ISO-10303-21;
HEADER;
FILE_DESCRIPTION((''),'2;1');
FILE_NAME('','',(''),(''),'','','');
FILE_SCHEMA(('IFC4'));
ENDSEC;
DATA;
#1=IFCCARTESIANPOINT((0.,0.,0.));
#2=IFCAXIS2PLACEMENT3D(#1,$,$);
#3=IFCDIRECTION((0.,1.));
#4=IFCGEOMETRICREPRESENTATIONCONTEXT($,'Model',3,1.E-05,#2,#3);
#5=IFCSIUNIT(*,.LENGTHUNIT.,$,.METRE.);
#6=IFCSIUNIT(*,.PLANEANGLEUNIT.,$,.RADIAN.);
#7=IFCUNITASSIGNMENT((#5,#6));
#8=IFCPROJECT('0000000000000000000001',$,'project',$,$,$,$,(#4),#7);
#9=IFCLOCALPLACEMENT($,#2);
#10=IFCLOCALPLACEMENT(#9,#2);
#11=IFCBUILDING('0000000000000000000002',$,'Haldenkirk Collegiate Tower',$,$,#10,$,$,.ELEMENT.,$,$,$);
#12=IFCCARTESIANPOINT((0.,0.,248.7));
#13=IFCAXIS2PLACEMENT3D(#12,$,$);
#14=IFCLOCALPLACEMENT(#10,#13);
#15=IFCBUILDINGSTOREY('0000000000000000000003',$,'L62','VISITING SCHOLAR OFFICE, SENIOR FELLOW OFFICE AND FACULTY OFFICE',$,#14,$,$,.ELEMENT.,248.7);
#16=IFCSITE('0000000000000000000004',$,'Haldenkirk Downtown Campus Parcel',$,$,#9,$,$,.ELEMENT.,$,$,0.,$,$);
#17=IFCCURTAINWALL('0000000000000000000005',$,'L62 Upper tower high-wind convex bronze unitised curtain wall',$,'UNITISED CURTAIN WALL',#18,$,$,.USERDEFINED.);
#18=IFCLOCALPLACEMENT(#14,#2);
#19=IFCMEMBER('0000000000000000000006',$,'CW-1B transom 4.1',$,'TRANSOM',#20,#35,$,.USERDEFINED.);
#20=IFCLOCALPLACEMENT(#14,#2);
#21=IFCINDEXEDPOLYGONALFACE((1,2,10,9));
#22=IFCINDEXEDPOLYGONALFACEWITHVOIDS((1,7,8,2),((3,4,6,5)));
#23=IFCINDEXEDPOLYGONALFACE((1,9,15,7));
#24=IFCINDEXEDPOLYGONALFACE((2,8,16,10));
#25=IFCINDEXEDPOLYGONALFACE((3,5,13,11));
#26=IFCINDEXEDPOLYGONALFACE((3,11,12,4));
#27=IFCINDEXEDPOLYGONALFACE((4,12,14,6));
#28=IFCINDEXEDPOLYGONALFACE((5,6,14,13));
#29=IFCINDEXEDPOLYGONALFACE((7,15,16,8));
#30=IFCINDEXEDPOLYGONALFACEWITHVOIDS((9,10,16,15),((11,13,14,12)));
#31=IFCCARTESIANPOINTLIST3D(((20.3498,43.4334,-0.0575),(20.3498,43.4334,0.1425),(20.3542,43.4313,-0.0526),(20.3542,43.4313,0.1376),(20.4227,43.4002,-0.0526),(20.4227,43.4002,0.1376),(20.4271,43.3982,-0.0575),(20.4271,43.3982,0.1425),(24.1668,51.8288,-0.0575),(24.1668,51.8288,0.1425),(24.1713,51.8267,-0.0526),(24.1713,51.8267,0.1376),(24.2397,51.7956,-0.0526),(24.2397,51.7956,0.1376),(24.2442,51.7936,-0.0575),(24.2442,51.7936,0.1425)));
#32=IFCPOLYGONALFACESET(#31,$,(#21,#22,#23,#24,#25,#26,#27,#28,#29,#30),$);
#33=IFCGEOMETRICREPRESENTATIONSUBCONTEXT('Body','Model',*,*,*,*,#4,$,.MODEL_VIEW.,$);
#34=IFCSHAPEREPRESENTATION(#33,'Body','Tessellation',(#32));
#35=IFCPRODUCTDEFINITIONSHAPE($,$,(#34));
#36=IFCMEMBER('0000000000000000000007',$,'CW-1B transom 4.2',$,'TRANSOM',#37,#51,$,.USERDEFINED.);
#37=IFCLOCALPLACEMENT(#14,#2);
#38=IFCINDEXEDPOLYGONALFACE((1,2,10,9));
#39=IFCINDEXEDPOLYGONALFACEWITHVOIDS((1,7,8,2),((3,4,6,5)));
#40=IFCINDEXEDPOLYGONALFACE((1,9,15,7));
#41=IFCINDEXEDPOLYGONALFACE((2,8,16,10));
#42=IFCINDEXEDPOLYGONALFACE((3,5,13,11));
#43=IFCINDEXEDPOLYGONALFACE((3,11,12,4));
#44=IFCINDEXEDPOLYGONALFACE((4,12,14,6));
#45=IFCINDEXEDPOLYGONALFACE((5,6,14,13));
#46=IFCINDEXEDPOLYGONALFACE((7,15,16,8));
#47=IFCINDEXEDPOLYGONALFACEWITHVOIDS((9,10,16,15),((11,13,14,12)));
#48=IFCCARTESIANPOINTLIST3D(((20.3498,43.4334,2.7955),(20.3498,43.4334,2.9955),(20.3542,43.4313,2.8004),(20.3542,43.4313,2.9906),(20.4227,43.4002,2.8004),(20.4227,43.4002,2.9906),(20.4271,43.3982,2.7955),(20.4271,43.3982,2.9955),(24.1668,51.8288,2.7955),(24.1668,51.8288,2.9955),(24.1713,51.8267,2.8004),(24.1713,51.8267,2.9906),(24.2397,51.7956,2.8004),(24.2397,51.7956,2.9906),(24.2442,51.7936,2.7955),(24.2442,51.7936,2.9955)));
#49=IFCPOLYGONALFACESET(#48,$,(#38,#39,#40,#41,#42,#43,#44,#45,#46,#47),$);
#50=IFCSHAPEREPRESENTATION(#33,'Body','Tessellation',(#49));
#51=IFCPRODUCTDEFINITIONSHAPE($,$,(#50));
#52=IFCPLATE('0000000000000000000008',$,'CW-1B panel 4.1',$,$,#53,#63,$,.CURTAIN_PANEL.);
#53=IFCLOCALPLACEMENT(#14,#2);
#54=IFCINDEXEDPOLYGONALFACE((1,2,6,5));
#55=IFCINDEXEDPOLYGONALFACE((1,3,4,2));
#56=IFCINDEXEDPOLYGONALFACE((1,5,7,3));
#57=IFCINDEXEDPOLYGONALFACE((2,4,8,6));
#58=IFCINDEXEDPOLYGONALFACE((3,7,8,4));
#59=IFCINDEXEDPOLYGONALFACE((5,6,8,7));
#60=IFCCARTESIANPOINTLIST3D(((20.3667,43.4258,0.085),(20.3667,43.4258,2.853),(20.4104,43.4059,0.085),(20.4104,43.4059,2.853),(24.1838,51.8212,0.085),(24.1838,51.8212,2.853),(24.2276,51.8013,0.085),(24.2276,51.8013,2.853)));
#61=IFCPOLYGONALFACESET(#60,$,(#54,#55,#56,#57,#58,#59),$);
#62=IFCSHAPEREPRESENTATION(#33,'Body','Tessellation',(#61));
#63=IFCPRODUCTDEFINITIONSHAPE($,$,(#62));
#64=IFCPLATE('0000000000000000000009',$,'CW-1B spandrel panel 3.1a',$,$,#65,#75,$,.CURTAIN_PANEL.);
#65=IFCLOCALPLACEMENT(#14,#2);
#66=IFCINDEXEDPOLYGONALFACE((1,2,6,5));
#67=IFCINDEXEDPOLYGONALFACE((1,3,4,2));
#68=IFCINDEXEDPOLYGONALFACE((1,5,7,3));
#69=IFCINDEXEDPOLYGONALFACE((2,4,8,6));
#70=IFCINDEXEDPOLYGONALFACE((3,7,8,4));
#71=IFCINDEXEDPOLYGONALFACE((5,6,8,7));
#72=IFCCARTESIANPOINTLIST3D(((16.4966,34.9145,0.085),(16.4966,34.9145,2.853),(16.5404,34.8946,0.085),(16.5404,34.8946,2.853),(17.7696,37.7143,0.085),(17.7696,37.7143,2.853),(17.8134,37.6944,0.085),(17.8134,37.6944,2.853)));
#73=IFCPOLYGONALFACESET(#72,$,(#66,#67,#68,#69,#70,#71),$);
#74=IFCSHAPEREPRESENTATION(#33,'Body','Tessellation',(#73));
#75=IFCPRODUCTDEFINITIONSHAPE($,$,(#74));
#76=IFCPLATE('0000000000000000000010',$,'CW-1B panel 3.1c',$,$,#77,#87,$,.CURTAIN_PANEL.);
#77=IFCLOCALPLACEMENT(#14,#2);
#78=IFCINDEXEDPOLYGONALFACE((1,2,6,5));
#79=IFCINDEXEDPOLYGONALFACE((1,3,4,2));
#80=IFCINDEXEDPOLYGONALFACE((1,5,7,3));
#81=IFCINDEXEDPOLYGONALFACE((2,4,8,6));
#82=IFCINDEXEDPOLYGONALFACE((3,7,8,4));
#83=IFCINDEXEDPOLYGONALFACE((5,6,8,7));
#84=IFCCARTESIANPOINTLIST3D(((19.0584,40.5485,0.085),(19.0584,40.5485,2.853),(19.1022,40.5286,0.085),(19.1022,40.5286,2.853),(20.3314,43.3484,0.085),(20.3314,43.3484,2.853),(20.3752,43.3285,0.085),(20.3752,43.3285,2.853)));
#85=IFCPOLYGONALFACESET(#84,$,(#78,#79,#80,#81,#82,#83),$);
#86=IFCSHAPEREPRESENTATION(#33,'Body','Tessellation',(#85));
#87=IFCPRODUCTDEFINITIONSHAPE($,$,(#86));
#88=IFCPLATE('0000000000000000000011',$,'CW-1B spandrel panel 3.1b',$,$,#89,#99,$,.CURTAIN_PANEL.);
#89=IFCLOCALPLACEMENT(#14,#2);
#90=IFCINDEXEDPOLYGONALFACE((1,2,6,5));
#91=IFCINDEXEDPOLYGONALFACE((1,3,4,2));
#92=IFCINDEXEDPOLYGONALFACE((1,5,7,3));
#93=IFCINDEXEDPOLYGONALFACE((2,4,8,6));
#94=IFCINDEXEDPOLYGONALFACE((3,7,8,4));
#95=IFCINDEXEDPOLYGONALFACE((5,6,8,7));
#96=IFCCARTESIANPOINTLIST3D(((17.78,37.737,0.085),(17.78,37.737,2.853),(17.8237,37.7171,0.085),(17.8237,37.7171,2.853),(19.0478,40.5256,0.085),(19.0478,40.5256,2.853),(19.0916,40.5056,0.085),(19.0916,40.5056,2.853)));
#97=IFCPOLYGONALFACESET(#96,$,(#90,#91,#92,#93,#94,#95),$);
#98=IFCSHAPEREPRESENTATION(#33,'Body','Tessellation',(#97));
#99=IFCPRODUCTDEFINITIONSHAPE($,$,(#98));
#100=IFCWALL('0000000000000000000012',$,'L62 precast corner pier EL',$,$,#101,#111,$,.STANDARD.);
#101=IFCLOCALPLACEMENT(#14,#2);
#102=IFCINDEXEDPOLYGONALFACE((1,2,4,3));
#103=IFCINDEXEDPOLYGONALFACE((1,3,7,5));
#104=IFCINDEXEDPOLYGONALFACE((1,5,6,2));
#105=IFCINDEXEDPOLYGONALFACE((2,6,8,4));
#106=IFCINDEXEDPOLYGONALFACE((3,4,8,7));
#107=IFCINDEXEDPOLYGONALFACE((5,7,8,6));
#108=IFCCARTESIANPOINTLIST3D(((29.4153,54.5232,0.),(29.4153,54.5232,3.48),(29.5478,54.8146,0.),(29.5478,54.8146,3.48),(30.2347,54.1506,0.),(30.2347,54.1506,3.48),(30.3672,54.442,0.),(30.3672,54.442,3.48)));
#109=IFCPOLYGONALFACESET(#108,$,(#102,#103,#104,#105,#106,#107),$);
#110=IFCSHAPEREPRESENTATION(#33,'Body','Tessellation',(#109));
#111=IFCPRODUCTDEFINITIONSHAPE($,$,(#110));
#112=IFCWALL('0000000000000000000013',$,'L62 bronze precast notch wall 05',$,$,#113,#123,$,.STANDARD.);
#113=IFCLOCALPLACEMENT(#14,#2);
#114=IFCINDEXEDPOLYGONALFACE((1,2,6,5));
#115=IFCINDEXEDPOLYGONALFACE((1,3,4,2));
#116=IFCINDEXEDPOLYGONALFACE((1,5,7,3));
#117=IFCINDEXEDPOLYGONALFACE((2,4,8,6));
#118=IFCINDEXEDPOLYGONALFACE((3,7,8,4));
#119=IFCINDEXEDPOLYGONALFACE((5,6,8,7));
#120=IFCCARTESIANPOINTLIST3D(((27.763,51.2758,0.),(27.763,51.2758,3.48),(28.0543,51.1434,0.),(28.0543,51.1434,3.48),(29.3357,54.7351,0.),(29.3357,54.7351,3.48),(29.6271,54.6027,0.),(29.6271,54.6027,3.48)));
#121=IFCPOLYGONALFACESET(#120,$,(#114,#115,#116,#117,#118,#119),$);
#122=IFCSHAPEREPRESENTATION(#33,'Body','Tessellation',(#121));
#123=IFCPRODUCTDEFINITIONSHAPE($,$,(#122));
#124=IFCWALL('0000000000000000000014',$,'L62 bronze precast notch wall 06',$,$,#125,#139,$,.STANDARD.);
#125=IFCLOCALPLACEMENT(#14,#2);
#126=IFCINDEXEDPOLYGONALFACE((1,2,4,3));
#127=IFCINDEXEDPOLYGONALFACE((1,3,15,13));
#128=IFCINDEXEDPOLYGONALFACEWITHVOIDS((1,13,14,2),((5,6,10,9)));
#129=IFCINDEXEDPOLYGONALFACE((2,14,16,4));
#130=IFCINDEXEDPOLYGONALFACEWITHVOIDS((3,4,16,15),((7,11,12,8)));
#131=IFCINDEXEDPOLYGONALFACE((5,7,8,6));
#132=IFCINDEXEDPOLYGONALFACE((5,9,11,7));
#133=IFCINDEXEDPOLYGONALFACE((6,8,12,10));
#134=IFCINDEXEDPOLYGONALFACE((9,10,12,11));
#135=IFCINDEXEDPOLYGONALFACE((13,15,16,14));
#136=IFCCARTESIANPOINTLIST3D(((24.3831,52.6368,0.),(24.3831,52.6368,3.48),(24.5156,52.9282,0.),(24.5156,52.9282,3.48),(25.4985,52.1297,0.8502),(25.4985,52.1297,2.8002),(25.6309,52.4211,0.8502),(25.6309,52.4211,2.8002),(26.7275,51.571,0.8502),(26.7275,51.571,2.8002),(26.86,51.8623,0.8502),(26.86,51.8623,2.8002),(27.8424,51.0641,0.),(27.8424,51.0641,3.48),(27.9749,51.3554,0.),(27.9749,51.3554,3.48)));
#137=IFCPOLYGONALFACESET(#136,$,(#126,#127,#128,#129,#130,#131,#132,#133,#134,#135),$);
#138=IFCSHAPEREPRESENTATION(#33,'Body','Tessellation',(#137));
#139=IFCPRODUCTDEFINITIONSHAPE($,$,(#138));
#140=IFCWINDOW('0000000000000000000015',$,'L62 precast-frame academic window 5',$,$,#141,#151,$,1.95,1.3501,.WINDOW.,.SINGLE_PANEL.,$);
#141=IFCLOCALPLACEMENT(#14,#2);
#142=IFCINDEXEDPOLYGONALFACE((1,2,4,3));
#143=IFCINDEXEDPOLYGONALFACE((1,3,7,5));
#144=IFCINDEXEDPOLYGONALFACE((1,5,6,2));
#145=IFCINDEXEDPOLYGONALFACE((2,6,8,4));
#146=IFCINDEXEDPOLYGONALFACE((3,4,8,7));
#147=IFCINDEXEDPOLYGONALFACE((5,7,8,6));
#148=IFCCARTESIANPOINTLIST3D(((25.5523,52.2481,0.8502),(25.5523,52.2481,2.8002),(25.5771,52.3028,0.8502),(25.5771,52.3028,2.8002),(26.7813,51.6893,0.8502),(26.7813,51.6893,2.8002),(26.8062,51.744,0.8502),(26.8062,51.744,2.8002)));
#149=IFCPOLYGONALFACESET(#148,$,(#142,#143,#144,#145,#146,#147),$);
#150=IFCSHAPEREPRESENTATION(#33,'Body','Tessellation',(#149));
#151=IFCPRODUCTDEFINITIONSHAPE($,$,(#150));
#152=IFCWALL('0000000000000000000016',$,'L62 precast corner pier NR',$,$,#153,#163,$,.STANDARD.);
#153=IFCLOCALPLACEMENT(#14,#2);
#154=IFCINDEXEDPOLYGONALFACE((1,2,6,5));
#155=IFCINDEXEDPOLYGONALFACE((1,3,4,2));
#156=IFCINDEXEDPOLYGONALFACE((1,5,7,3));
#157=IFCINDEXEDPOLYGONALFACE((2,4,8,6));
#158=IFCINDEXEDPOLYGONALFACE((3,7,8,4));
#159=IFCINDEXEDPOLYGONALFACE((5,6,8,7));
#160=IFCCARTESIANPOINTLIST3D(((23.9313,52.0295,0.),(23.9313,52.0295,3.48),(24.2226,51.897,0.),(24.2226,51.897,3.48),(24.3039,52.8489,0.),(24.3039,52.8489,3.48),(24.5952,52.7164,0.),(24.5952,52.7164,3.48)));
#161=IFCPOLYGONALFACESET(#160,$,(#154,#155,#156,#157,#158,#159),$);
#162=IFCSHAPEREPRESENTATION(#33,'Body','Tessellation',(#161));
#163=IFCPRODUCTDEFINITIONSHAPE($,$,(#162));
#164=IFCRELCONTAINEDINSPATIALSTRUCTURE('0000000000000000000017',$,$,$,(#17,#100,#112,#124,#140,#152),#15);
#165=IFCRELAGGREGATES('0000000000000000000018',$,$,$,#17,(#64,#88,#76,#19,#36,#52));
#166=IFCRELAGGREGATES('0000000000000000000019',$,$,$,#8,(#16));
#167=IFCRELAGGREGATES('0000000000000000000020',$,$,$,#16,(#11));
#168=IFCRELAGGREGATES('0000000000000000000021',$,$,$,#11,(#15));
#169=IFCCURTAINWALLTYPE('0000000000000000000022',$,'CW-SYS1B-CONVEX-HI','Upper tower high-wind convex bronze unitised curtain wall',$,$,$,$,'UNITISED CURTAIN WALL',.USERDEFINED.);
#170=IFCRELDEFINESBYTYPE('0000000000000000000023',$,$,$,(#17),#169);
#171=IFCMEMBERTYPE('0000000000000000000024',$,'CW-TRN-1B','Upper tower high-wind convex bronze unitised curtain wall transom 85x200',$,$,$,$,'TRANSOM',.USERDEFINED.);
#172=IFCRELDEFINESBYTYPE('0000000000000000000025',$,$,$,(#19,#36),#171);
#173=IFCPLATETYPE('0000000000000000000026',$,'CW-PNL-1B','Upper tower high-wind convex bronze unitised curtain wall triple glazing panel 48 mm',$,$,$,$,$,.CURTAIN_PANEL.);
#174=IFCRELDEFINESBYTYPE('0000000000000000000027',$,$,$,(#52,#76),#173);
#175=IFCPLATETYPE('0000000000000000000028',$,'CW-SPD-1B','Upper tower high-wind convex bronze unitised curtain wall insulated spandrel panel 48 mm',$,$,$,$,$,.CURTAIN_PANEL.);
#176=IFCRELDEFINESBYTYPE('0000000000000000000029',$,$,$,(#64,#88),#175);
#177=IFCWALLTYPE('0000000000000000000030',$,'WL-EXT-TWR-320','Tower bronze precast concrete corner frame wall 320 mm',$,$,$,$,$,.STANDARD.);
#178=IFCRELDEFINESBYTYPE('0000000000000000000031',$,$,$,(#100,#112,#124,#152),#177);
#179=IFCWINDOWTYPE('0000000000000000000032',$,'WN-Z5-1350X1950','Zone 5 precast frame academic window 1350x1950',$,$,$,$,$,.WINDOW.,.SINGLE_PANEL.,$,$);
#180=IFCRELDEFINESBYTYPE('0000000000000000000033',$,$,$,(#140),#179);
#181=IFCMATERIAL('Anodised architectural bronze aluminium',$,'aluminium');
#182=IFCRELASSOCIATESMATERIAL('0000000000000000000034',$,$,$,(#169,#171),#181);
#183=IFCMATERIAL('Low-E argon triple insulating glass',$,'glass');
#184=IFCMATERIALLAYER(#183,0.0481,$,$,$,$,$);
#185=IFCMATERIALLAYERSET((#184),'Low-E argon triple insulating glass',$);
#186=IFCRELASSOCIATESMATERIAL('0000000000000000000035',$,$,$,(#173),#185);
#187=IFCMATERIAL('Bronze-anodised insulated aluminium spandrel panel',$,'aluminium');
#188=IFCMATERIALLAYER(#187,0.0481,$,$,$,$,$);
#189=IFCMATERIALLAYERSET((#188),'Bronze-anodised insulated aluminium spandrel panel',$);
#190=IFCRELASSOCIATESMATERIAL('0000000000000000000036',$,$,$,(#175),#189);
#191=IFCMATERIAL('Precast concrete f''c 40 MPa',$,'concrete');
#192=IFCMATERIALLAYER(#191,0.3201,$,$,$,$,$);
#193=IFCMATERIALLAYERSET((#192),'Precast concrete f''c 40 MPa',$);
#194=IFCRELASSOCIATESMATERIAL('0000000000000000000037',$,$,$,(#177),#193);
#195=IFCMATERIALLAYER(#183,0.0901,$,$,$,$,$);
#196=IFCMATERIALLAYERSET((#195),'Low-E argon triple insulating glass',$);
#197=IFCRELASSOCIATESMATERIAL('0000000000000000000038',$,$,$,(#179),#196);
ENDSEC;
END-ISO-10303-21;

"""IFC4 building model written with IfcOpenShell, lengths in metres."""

from ifc_helpers import new_model, si_unit, direction, frame, frame_2d, origin, origin_2d, place, context, subcontext, project, spatial, rectangle, hollow_rectangle, extrude, source, transform, mapped, material, layer, layer_set, material_profile, profile_set, type_object, element, fill, aggregate, save


model = new_model("IFC4")

# Units and contexts
model_context = context("Model", 3, precision=1e-05, world=origin(), true_north=direction((0.0, 1.0)))
body_context = subcontext(model_context, "Body", "Model", "MODEL_VIEW")
ifc_project = project(units=[si_unit("LENGTHUNIT", "METRE"), si_unit("PLANEANGLEUNIT", "RADIAN")], contexts=[model_context])

# Site, building, storey
site_placement = place(None, origin())
site = spatial("IfcSite", under=ifc_project, at=site_placement, Name="Haldenkirk Downtown Campus Parcel", CompositionType="ELEMENT", RefElevation=0.0)
building_placement = place(site_placement, origin())
building = spatial("IfcBuilding", under=site, at=building_placement, Name="Haldenkirk Collegiate Tower", CompositionType="ELEMENT")
storey_placement = place(building_placement, frame((0.0, 0.0, 248.7)))
storey = spatial("IfcBuildingStorey", under=building, at=storey_placement, Name="L62", Description="VISITING SCHOLAR OFFICE, SENIOR FELLOW OFFICE AND FACULTY OFFICE", CompositionType="ELEMENT", Elevation=248.7)

# Shared definitions
ifc_material_1 = material(Name="Anodised architectural bronze aluminium", Category="aluminium")
curtain_wall_type = type_object("IfcCurtainWallType", Name="CW-SYS1B-CONVEX-HI", Description="Upper tower high-wind convex bronze unitised curtain wall", ElementType="UNITISED CURTAIN WALL", PredefinedType="USERDEFINED", material=ifc_material_1)

# Curtain wall
curtain_wall_1_placement = place(storey_placement, origin())
curtain_wall_1 = element("IfcCurtainWall", 1, at=curtain_wall_1_placement, inside=storey, type_object=curtain_wall_type, Name="L62 Upper tower high-wind convex bronze unitised curtain wall", ObjectType="UNITISED CURTAIN WALL", PredefinedType="USERDEFINED")

# Members
ifc_material_profile_1 = material_profile(ifc_material_1, hollow_rectangle(XDim=0.085, YDim=0.2, WallThickness=0.0049, at=origin_2d()), Name="CW-TRN-1B")
ifc_profile_set_1 = profile_set([ifc_material_profile_1], Name="Anodised architectural bronze aluminium")
member_type_1 = type_object("IfcMemberType", Name="CW-TRN-1B", Description="Upper tower high-wind convex bronze unitised curtain wall transom 85x200", ElementType="TRANSOM", PredefinedType="USERDEFINED", material=ifc_profile_set_1)
member_1_placement = place(storey_placement, frame((20.3884, 43.4158, 0.0425), z_axis=(0.413893, 0.910326, 0.0), x_axis=(-0.910326, 0.413893, 0.0)))
member_1 = element("IfcMember", 2, at=member_1_placement, type_object=member_type_1, Name="CW-1B transom 4.1", ObjectType="TRANSOM", PredefinedType="USERDEFINED", context=body_context, shape_type="SweptSolid", body=[
    extrude(hollow_rectangle(XDim=0.085, YDim=0.2, WallThickness=0.0049, at=origin_2d()), origin(), (0.0, 0.0, 1.0), 9.2224),
])
member_2_placement = place(storey_placement, frame((20.3884, 43.4158, 2.8955), z_axis=(0.413893, 0.910326, 0.0), x_axis=(-0.910326, 0.413893, 0.0)))
member_2 = element("IfcMember", 3, at=member_2_placement, type_object=member_type_1, Name="CW-1B transom 4.2", ObjectType="TRANSOM", PredefinedType="USERDEFINED", context=body_context, shape_type="SweptSolid", body=[
    extrude(hollow_rectangle(XDim=0.085, YDim=0.2, WallThickness=0.0049, at=origin_2d()), origin(), (0.0, 0.0, 1.0), 9.2224),
])

# Plates
ifc_material_2 = material(Name="Low-E argon triple insulating glass", Category="glass")
ifc_layer_1 = layer(ifc_material_2, 0.0481)
ifc_layer_set_1 = layer_set([ifc_layer_1], Name="Low-E argon triple insulating glass")
plate_type_1 = type_object("IfcPlateType", Name="CW-PNL-1B", Description="Upper tower high-wind convex bronze unitised curtain wall triple glazing panel 48 mm", PredefinedType="CURTAIN_PANEL", material=ifc_layer_set_1)
shared_shape_1 = source(origin(), body_context, "Body", "SweptSolid", [
    extrude(rectangle(XDim=9.2224, YDim=0.0481, at=origin_2d()), origin(), (0.0, 0.0, 1.0), 2.7681),
])
plate_1_placement = place(storey_placement, frame((22.2971, 47.6135, 0.085), z_axis=(0.0, 0.0, 1.0), x_axis=(0.413899, 0.910323, 0.0)))
plate_1 = element("IfcPlate", 4, at=plate_1_placement, type_object=plate_type_1, Name="CW-1B panel 4.1", PredefinedType="CURTAIN_PANEL", context=body_context, shape_type="MappedRepresentation", body=[
    mapped(shared_shape_1, transform((0.0, 0.0, 0.0), x_axis=(1.0, 0.0, 0.0), y_axis=(0.0, 1.0, 0.0), z_axis=(0.0, 0.0, 1.0), scale=1.0)),
])
ifc_material_3 = material(Name="Bronze-anodised insulated aluminium spandrel panel", Category="aluminium")
ifc_layer_2 = layer(ifc_material_3, 0.0481)
ifc_layer_set_2 = layer_set([ifc_layer_2], Name="Bronze-anodised insulated aluminium spandrel panel")
plate_type_2 = type_object("IfcPlateType", Name="CW-SPD-1B", Description="Upper tower high-wind convex bronze unitised curtain wall insulated spandrel panel 48 mm", PredefinedType="CURTAIN_PANEL", material=ifc_layer_set_2)
shared_shape_2 = source(origin(), body_context, "Body", "SweptSolid", [
    extrude(rectangle(XDim=3.0757, YDim=0.0481, at=origin_2d()), origin(), (0.0, 0.0, 1.0), 2.7681),
])
plate_2_placement = place(storey_placement, frame((17.155, 36.3044, 0.085), z_axis=(0.0, 0.0, 1.0), x_axis=(0.413899, 0.910323, 0.0)))
plate_2 = element("IfcPlate", 5, at=plate_2_placement, type_object=plate_type_2, Name="CW-1B spandrel panel 3.1a", PredefinedType="CURTAIN_PANEL", context=body_context, shape_type="MappedRepresentation", body=[
    mapped(shared_shape_2, transform((0.0, 0.0, 0.0), x_axis=(1.0, 0.0, 0.0), y_axis=(0.0, 1.0, 0.0), z_axis=(0.0, 0.0, 1.0), scale=1.0)),
])
plate_3_placement = place(storey_placement, frame((19.7168, 41.9385, 0.085), z_axis=(0.0, 0.0, 1.0), x_axis=(0.413899, 0.910323, 0.0)))
plate_3 = element("IfcPlate", 6, at=plate_3_placement, type_object=plate_type_1, Name="CW-1B panel 3.1c", PredefinedType="CURTAIN_PANEL", context=body_context, shape_type="MappedRepresentation", body=[
    mapped(shared_shape_2, transform((0.0, 0.0, 0.0), x_axis=(1.0, 0.0, 0.0), y_axis=(0.0, 1.0, 0.0), z_axis=(0.0, 0.0, 1.0), scale=1.0)),
])
shared_shape_3 = source(origin(), body_context, "Body", "SweptSolid", [
    extrude(rectangle(XDim=3.0632, YDim=0.0481, at=origin_2d()), origin(), (0.0, 0.0, 1.0), 2.7681),
])
plate_4_placement = place(storey_placement, frame((18.4358, 39.1213, 0.085), z_axis=(0.0, 0.0, 1.0), x_axis=(0.413899, 0.910323, 0.0)))
plate_4 = element("IfcPlate", 7, at=plate_4_placement, type_object=plate_type_2, Name="CW-1B spandrel panel 3.1b", PredefinedType="CURTAIN_PANEL", context=body_context, shape_type="MappedRepresentation", body=[
    mapped(shared_shape_3, transform((0.0, 0.0, 0.0), x_axis=(1.0, 0.0, 0.0), y_axis=(0.0, 1.0, 0.0), z_axis=(0.0, 0.0, 1.0), scale=1.0)),
])
aggregate(curtain_wall_1, [plate_2, plate_4, plate_3, member_1, member_2, plate_1])

# Walls
ifc_material_4 = material(Name="Precast concrete f'c 40 MPa", Category="concrete")
ifc_layer_3 = layer(ifc_material_4, 0.3201)
ifc_layer_set_3 = layer_set([ifc_layer_3], Name="Precast concrete f'c 40 MPa")
wall_type_1 = type_object("IfcWallType", Name="WL-EXT-TWR-320", Description="Tower bronze precast concrete corner frame wall 320 mm", PredefinedType="STANDARD", material=ifc_layer_set_3)
wall_1_placement = place(storey_placement, frame((29.4814, 54.6689, 0.0), z_axis=(0.0, 0.0, 1.0), x_axis=(0.910311, -0.413926, 0.0)))
element("IfcWall", 8, at=wall_1_placement, inside=storey, type_object=wall_type_1, Name="L62 precast corner pier EL", PredefinedType="STANDARD", context=body_context, shape_type="SweptSolid", body=[
    extrude(rectangle(XDim=0.9001, YDim=0.3201, at=frame_2d((0.4502, 0.0))), origin(), (0.0, 0.0, 1.0), 3.48),
])
wall_2_placement = place(storey_placement, frame((27.9087, 51.2097, 0.0), z_axis=(0.0, 0.0, 1.0), x_axis=(0.413885, 0.910329, 0.0)))
element("IfcWall", 9, at=wall_2_placement, inside=storey, type_object=wall_type_1, Name="L62 bronze precast notch wall 05", PredefinedType="STANDARD", context=body_context, shape_type="SweptSolid", body=[
    extrude(rectangle(XDim=3.8, YDim=0.3201, at=frame_2d((1.8999, 0.0))), origin(), (0.0, 0.0, 1.0), 3.48),
])

# Wall, opening, window
wall_3_placement = place(storey_placement, frame((24.4495, 52.7825, 0.0), z_axis=(0.0, 0.0, 1.0), x_axis=(0.910329, -0.413885, 0.0)))
wall_3 = element("IfcWall", 10, at=wall_3_placement, inside=storey, type_object=wall_type_1, Name="L62 bronze precast notch wall 06", PredefinedType="STANDARD", context=body_context, shape_type="SweptSolid", body=[
    extrude(rectangle(XDim=3.8, YDim=0.3201, at=frame_2d((1.8999, 0.0))), origin(), (0.0, 0.0, 1.0), 3.48),
])
opening_1_placement = place(wall_3_placement, frame((1.2251, 0.0, 0.8501)))
opening_1 = element("IfcOpeningElement", 11, at=opening_1_placement, cuts=wall_3, PredefinedType="OPENING", context=body_context, shape_type="SweptSolid", body=[
    extrude(rectangle(XDim=1.3501, YDim=1.95, at=frame_2d((0.675, 0.9751))), frame((0.0, 0.1699, 0.0), z_axis=(0.0, -1.0, 0.0), x_axis=(1.0, 0.0, 0.0)), (0.0, 0.0, 1.0), 0.3401),
])
ifc_layer_4 = layer(ifc_material_2, 0.0901)
ifc_layer_set_4 = layer_set([ifc_layer_4], Name="Low-E argon triple insulating glass")
window_type = type_object("IfcWindowType", Name="WN-Z5-1350X1950", Description="Zone 5 precast frame academic window 1350x1950", PartitioningType="SINGLE_PANEL", PredefinedType="WINDOW", material=ifc_layer_set_4)
window_placement = place(opening_1_placement, origin())
window = element("IfcWindow", 12, at=window_placement, inside=storey, type_object=window_type, Name="L62 precast-frame academic window 5", OverallHeight=1.95, OverallWidth=1.3501, PartitioningType="SINGLE_PANEL", PredefinedType="WINDOW", context=body_context, shape_type="SweptSolid", body=[
    extrude(rectangle(XDim=1.3501, YDim=1.95, at=frame_2d((0.675, 0.9751))), frame((0.0, 0.03, 0.0), z_axis=(0.0, -1.0, 0.0), x_axis=(1.0, 0.0, 0.0)), (0.0, 0.0, 1.0), 0.0601),
])
fill(opening_1, window)

# Wall
wall_4_placement = place(storey_placement, frame((24.0769, 51.9631, 0.0), z_axis=(0.0, 0.0, 1.0), x_axis=(0.413926, 0.910311, 0.0)))
element("IfcWall", 13, at=wall_4_placement, inside=storey, type_object=wall_type_1, Name="L62 precast corner pier NR", PredefinedType="STANDARD", context=body_context, shape_type="SweptSolid", body=[
    extrude(rectangle(XDim=0.9001, YDim=0.3201, at=frame_2d((0.4502, 0.0))), origin(), (0.0, 0.0, 1.0), 3.48),
])

save(model, "model.ifc")
